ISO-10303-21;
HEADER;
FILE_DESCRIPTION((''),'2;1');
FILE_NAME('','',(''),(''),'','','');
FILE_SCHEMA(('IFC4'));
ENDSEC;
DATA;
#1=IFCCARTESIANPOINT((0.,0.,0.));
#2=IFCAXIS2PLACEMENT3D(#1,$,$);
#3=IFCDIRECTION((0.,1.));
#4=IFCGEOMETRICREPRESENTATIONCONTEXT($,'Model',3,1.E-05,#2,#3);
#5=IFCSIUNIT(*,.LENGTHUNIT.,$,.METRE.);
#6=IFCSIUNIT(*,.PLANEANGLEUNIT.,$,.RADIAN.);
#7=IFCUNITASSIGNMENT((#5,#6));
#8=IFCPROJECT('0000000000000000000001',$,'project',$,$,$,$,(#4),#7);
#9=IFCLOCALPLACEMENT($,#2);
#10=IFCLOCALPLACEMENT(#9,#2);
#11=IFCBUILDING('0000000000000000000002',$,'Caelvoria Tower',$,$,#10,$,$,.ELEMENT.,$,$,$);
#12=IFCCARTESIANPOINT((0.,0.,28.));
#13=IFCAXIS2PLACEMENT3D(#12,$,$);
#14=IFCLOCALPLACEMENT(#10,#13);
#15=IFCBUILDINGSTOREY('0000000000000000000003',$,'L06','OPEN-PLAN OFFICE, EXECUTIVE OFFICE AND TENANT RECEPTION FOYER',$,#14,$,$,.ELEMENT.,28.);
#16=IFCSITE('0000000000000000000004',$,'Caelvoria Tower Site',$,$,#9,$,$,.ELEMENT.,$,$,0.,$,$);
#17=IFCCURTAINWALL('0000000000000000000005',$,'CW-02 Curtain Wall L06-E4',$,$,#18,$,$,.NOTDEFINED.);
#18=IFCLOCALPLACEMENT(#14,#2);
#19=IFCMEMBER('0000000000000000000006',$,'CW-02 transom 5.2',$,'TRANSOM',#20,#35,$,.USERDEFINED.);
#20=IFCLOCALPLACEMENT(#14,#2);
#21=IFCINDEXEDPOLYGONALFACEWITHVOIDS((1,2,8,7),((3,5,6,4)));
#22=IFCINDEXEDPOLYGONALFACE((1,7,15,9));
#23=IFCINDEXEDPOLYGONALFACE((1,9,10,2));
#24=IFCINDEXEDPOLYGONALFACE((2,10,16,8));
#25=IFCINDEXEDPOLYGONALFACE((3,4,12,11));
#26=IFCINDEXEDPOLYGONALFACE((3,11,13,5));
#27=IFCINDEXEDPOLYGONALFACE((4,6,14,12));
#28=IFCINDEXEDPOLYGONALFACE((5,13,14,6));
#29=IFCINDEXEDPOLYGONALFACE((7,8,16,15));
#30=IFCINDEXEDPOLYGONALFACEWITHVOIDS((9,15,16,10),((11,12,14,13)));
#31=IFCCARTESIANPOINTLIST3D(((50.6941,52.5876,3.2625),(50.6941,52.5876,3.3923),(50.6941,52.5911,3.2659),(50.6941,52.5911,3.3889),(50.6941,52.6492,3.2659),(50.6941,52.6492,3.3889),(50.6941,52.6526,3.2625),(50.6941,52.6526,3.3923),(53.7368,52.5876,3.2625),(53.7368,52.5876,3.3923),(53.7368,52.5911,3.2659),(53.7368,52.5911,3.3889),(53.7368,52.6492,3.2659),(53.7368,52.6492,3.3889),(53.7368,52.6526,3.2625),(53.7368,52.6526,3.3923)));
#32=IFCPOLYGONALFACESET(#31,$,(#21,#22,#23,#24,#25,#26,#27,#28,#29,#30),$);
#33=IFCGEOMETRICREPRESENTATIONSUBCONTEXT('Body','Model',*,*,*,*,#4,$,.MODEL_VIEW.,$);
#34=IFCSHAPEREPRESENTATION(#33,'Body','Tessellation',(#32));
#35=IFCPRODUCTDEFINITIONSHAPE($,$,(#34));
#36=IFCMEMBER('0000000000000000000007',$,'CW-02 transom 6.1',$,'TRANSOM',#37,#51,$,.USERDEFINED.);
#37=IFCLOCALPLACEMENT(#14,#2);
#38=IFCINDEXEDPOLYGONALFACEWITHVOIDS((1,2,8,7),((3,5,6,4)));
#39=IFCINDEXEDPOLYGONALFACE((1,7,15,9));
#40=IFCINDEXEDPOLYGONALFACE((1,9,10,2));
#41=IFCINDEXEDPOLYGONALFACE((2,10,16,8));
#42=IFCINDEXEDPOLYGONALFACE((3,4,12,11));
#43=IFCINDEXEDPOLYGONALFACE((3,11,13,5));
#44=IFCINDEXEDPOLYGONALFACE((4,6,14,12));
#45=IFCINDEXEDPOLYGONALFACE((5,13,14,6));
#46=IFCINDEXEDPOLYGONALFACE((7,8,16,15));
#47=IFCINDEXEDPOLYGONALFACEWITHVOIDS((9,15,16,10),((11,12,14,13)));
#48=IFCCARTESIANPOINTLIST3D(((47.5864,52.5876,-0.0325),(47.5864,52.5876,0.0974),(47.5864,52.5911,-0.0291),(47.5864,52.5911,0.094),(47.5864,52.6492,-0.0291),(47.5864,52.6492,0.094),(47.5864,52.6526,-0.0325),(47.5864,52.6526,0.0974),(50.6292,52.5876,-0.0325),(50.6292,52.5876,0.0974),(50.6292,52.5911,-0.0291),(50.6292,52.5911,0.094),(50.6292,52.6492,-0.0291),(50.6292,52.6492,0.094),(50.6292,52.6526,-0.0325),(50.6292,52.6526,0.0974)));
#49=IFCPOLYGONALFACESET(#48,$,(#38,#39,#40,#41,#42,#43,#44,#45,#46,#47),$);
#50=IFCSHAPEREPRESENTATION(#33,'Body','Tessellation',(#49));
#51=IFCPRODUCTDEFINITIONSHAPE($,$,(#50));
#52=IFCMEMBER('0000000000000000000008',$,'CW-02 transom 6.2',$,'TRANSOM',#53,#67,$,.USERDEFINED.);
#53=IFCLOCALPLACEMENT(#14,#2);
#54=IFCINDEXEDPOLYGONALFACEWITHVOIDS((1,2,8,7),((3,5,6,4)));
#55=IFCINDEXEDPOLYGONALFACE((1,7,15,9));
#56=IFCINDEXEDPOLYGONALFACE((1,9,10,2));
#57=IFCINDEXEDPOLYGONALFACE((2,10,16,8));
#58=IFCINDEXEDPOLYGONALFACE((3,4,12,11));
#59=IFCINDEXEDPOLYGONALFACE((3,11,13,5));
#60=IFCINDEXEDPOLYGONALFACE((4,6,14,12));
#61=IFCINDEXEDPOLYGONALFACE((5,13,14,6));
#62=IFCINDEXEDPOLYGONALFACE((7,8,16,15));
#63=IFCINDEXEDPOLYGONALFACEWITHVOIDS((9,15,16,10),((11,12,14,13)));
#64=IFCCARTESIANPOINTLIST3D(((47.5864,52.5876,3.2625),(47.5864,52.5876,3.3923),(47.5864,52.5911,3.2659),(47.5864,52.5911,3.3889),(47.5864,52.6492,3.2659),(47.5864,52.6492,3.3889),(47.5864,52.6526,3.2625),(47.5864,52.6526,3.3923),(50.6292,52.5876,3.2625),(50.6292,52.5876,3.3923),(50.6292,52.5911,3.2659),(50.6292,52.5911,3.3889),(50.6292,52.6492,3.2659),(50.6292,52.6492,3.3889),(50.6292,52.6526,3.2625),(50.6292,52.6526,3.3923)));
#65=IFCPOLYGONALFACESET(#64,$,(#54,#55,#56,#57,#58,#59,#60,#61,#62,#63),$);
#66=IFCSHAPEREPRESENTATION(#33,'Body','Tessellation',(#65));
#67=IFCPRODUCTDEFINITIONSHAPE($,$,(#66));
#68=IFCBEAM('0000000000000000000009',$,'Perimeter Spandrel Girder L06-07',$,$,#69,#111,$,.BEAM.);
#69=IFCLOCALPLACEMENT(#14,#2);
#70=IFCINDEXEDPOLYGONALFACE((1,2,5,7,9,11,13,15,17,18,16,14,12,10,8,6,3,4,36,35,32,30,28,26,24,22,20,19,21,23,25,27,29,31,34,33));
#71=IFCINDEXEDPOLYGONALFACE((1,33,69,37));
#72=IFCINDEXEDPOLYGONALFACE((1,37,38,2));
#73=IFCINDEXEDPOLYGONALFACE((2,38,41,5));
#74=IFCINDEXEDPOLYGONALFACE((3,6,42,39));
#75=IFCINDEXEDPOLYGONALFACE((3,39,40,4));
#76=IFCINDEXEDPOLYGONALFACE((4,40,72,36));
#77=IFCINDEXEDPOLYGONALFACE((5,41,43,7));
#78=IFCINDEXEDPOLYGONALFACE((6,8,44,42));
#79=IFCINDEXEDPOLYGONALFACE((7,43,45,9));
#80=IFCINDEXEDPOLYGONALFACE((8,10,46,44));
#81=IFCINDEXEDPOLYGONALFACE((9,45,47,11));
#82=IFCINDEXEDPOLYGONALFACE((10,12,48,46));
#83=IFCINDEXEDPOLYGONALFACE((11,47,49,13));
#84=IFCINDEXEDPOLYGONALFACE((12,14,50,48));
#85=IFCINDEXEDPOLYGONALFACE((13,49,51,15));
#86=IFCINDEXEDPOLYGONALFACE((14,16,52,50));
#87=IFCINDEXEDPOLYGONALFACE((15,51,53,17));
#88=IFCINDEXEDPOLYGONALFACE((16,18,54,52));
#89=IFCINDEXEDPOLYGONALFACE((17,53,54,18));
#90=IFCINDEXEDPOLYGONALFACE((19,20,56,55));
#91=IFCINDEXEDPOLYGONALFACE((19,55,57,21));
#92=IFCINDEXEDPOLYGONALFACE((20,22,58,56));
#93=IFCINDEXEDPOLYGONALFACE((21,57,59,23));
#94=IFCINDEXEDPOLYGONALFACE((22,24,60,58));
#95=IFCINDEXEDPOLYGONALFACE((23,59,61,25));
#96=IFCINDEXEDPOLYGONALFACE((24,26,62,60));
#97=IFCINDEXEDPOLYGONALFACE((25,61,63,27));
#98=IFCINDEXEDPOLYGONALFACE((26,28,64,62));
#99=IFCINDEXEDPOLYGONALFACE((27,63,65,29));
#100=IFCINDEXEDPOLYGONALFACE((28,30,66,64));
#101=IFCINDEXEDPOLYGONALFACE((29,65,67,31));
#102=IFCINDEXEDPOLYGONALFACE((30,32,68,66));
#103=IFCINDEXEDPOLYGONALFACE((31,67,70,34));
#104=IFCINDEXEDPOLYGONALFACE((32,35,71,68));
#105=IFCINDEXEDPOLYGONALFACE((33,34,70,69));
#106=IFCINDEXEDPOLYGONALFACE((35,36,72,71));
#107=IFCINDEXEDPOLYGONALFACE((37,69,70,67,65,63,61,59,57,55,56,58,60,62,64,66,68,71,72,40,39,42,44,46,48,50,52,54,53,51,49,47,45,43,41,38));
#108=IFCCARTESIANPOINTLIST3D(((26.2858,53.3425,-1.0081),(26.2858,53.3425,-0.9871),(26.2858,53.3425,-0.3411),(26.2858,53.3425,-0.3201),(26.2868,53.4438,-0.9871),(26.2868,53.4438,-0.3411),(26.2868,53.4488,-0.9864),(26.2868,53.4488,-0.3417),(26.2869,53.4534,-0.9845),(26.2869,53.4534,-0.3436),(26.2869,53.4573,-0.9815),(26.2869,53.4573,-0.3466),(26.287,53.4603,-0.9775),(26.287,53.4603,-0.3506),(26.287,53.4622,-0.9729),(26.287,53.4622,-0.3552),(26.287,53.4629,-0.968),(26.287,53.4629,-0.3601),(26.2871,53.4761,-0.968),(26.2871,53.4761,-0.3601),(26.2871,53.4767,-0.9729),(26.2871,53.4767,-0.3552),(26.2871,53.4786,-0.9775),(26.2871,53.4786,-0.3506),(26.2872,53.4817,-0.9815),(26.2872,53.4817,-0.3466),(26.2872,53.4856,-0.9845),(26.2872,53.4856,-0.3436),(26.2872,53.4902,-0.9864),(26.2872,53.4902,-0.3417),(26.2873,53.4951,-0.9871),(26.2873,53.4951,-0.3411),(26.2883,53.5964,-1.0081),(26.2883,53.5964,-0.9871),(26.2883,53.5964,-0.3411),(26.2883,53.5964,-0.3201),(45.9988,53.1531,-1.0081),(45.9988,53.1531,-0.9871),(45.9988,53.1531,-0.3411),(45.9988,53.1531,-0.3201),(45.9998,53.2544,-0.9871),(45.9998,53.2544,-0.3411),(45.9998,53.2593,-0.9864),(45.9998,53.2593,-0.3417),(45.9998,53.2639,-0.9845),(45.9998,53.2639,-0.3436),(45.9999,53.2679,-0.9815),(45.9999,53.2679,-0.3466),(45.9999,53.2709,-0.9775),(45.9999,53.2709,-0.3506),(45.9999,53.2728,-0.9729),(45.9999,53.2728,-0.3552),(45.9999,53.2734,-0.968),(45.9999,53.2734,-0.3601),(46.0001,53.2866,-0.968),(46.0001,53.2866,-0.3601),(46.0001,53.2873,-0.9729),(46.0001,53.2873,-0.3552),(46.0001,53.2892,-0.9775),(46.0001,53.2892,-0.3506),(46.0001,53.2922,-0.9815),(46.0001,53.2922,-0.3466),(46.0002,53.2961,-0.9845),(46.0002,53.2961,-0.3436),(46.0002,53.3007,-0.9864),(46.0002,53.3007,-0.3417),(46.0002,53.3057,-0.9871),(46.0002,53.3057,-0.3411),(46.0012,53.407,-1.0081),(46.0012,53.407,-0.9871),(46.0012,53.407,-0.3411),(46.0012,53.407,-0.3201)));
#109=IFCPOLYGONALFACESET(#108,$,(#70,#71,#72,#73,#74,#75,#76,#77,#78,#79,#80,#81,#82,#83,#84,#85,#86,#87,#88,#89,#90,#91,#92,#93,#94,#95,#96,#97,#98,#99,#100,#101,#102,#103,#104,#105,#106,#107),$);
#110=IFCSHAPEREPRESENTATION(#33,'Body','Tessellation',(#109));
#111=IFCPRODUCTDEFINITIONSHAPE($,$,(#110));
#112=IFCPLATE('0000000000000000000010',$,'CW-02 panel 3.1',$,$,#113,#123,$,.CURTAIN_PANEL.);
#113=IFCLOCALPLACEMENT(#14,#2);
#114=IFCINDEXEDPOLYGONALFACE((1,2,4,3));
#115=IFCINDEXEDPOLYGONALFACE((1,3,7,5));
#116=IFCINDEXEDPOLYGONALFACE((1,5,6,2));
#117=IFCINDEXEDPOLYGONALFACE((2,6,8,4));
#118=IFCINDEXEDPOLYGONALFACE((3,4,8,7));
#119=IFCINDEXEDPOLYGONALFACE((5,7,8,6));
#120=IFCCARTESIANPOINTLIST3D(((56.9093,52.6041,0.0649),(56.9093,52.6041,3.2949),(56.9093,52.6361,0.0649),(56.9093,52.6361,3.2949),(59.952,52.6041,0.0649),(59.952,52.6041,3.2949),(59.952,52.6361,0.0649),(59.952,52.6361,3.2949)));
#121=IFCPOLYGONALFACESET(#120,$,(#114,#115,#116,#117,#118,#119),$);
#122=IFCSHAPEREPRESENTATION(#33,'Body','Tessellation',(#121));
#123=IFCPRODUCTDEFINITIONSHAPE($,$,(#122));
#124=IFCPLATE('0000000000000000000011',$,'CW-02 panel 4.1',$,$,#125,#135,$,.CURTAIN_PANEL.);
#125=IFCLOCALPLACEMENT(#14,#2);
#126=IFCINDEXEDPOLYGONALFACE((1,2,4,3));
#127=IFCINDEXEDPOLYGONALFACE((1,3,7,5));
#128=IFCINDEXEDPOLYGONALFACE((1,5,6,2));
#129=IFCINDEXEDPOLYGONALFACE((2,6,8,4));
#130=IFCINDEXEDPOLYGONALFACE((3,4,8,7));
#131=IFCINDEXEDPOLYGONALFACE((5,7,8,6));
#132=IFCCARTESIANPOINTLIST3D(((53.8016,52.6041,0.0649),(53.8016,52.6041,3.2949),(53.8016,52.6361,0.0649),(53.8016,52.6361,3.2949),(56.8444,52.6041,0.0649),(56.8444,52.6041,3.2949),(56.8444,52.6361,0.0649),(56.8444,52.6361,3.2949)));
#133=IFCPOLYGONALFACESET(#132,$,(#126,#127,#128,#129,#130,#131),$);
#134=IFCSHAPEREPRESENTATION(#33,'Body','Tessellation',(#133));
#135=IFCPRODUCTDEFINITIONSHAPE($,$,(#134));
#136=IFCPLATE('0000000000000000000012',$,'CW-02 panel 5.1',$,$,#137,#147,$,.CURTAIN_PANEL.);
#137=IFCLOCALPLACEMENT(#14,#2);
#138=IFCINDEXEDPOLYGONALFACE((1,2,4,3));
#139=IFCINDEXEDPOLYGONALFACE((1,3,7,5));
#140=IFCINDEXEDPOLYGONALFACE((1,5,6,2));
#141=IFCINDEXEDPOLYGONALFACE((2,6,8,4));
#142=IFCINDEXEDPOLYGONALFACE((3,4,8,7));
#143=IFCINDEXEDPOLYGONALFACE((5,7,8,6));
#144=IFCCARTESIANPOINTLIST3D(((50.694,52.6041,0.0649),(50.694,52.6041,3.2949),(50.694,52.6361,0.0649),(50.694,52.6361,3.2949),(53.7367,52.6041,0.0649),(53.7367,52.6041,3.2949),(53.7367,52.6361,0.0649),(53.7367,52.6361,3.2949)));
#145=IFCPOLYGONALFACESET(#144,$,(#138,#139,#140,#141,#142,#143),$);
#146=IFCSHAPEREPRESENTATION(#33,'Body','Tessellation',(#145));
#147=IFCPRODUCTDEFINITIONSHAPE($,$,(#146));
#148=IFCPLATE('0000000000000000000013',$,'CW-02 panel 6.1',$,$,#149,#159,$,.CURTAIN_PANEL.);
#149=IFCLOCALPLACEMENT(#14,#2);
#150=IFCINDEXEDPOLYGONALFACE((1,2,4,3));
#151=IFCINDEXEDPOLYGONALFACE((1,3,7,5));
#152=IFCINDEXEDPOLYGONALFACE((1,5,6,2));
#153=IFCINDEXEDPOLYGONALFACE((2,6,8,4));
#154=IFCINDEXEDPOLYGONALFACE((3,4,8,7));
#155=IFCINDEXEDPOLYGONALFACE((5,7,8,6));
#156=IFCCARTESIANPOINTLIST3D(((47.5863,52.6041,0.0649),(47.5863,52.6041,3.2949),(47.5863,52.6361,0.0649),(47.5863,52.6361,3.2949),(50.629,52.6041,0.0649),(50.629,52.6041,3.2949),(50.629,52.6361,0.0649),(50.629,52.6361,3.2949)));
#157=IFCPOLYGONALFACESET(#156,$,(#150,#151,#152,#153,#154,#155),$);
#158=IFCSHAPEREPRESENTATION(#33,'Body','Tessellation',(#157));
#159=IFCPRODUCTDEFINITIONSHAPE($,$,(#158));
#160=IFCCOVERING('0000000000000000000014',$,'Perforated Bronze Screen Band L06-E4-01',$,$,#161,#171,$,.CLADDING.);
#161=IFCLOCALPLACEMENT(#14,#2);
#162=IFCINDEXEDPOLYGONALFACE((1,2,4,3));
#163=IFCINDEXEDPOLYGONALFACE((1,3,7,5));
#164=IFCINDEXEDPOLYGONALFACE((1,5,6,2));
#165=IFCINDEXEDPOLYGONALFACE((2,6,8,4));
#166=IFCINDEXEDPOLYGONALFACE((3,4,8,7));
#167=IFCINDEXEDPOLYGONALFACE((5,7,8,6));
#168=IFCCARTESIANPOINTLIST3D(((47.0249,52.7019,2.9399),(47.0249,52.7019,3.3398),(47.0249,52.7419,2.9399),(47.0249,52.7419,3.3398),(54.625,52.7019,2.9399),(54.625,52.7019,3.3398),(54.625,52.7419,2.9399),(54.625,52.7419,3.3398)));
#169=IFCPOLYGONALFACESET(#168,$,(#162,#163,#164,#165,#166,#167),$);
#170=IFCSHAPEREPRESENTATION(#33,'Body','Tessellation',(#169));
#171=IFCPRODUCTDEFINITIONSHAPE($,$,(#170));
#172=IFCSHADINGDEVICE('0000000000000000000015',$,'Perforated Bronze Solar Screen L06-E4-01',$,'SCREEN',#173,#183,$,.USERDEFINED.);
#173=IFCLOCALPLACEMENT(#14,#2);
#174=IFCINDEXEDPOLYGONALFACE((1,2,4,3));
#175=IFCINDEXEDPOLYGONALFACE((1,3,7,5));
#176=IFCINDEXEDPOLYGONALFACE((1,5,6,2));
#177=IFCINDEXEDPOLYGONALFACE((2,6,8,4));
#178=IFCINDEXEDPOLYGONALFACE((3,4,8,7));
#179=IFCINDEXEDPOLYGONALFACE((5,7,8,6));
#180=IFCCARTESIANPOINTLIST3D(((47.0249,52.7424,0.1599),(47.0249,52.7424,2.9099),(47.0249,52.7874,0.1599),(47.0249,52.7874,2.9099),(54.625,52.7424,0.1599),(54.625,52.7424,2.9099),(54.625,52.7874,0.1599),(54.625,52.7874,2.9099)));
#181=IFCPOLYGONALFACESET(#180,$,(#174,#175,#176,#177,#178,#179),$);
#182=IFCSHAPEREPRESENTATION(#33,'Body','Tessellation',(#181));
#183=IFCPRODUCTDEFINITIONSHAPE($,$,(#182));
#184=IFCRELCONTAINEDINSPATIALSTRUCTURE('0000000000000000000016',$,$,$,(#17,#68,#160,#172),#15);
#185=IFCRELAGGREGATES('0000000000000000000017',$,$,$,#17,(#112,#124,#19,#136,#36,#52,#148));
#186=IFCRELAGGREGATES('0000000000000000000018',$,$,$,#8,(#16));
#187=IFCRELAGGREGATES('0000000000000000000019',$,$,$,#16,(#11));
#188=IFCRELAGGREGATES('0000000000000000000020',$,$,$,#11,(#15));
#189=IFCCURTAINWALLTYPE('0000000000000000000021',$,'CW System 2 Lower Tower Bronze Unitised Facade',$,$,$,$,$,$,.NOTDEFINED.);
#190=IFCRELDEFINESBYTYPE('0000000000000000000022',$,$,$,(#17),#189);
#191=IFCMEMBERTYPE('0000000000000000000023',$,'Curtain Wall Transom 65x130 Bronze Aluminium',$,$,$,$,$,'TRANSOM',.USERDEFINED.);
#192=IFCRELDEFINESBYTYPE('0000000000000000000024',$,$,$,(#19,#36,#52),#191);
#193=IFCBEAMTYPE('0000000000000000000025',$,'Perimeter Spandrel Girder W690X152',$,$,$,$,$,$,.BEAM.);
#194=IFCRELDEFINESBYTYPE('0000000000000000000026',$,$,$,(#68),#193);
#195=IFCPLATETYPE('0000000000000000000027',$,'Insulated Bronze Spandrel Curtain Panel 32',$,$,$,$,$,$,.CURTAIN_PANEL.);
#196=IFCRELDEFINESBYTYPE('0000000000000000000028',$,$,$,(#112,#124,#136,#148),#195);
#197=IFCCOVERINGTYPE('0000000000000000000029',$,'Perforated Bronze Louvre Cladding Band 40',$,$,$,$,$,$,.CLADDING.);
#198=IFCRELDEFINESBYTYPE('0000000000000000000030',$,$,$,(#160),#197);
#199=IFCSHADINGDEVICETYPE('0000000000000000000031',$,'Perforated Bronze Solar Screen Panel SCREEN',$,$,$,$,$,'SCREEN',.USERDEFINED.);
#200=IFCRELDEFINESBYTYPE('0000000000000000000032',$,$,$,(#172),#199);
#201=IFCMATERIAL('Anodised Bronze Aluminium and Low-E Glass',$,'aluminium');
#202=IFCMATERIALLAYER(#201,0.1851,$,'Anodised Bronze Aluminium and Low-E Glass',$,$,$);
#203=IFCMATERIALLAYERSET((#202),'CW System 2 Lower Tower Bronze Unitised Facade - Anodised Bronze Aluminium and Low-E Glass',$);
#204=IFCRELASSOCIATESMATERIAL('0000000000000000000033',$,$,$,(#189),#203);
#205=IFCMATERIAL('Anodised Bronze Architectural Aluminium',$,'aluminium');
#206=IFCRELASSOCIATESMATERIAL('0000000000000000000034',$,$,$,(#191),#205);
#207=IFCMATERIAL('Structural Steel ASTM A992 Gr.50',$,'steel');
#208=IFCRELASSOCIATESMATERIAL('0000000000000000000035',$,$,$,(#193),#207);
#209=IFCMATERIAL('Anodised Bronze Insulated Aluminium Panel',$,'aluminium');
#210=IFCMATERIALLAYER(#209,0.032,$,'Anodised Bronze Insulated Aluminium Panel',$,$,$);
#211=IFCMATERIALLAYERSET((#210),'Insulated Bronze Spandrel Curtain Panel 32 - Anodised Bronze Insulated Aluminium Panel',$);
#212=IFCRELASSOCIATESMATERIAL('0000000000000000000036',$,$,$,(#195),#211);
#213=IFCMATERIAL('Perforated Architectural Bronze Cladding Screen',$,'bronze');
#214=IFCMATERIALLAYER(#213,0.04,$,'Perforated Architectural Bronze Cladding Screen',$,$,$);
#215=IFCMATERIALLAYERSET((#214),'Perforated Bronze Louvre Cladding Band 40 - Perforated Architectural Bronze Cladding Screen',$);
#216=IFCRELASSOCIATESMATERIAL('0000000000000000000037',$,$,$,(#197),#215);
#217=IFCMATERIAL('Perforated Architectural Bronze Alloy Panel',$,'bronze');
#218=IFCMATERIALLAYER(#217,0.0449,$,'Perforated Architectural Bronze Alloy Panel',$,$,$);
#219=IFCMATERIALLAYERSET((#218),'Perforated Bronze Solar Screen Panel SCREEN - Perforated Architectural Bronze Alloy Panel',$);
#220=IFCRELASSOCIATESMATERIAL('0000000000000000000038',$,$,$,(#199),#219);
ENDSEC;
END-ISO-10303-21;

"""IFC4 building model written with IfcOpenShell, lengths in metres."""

from ifc_helpers import new_model, si_unit, direction, frame, origin, origin_2d, place, context, subcontext, project, spatial, rectangle, hollow_rectangle, i_section, extrude, material, layer, layer_set, material_profile, profile_set, type_object, element, aggregate, save


model = new_model("IFC4")

# Units and contexts
model_context = context("Model", 3, precision=1e-05, world=origin(), true_north=direction((0.0, 1.0)))
body_context = subcontext(model_context, "Body", "Model", "MODEL_VIEW")
ifc_project = project(units=[si_unit("LENGTHUNIT", "METRE"), si_unit("PLANEANGLEUNIT", "RADIAN")], contexts=[model_context])

# Site, building, storey
site_placement = place(None, origin())
site = spatial("IfcSite", under=ifc_project, at=site_placement, Name="Caelvoria Tower Site", CompositionType="ELEMENT", RefElevation=0.0)
building_placement = place(site_placement, origin())
building = spatial("IfcBuilding", under=site, at=building_placement, Name="Caelvoria Tower", CompositionType="ELEMENT")
storey_placement = place(building_placement, frame((0.0, 0.0, 28.0)))
storey = spatial("IfcBuildingStorey", under=building, at=storey_placement, Name="L06", Description="OPEN-PLAN OFFICE, EXECUTIVE OFFICE AND TENANT RECEPTION FOYER", CompositionType="ELEMENT", Elevation=28.0)

# Curtain wall, members
ifc_material_1 = material(Name="Anodised Bronze Aluminium and Low-E Glass", Category="aluminium")
ifc_layer_1 = layer(ifc_material_1, 0.1851, Name="Anodised Bronze Aluminium and Low-E Glass")
ifc_layer_set_1 = layer_set([ifc_layer_1], Name="CW System 2 Lower Tower Bronze Unitised Facade - Anodised Bronze Aluminium and Low-E Glass")
curtain_wall_type = type_object("IfcCurtainWallType", Name="CW System 2 Lower Tower Bronze Unitised Facade", PredefinedType="NOTDEFINED", material=ifc_layer_set_1)
curtain_wall_placement = place(storey_placement, origin())
curtain_wall = element("IfcCurtainWall", 1, at=curtain_wall_placement, inside=storey, type_object=curtain_wall_type, Name="CW-02 Curtain Wall L06-E4", PredefinedType="NOTDEFINED")
ifc_material_2 = material(Name="Anodised Bronze Architectural Aluminium", Category="aluminium")
ifc_material_profile_1 = material_profile(ifc_material_2, hollow_rectangle(XDim=0.0649, YDim=0.1299, WallThickness=0.0034, at=origin_2d()), Name="Anodised Bronze Architectural Aluminium")
ifc_profile_set_1 = profile_set([ifc_material_profile_1], Name="CW_TRAN_65X130 - Anodised Bronze Architectural Aluminium")
member_type_1 = type_object("IfcMemberType", Name="Curtain Wall Transom 65x130 Bronze Aluminium", ElementType="TRANSOM", PredefinedType="USERDEFINED", material=ifc_profile_set_1)
member_1_placement = place(storey_placement, frame((53.7368, 52.6201, 3.3274), z_axis=(-1.0, 0.0, 0.0), x_axis=(0.0, -1.0, 0.0)))
member_1 = element("IfcMember", 2, at=member_1_placement, type_object=member_type_1, Name="CW-02 transom 5.2", ObjectType="TRANSOM", PredefinedType="USERDEFINED", context=body_context, shape_type="SweptSolid", body=[
    extrude(hollow_rectangle(XDim=0.0649, YDim=0.1299, WallThickness=0.0034, at=origin_2d()), origin(), (0.0, 0.0, 1.0), 3.0427),
])
member_2_placement = place(storey_placement, frame((50.6292, 52.6201, 0.0325), z_axis=(-1.0, 0.0, 0.0), x_axis=(0.0, -1.0, 0.0)))
member_2 = element("IfcMember", 3, at=member_2_placement, type_object=member_type_1, Name="CW-02 transom 6.1", ObjectType="TRANSOM", PredefinedType="USERDEFINED", context=body_context, shape_type="SweptSolid", body=[
    extrude(hollow_rectangle(XDim=0.0649, YDim=0.1299, WallThickness=0.0034, at=origin_2d()), origin(), (0.0, 0.0, 1.0), 3.0427),
])
member_3_placement = place(storey_placement, frame((50.6292, 52.6201, 3.3274), z_axis=(-1.0, 0.0, 0.0), x_axis=(0.0, -1.0, 0.0)))
member_3 = element("IfcMember", 4, at=member_3_placement, type_object=member_type_1, Name="CW-02 transom 6.2", ObjectType="TRANSOM", PredefinedType="USERDEFINED", context=body_context, shape_type="SweptSolid", body=[
    extrude(hollow_rectangle(XDim=0.0649, YDim=0.1299, WallThickness=0.0034, at=origin_2d()), origin(), (0.0, 0.0, 1.0), 3.0427),
])

# Beam
ifc_material_3 = material(Name="Structural Steel ASTM A992 Gr.50", Category="steel")
ifc_material_profile_2 = material_profile(ifc_material_3, i_section(OverallWidth=0.2539, OverallDepth=0.688, WebThickness=0.0132, FlangeThickness=0.021, FilletRadius=0.019, at=origin_2d()), Name="Structural Steel ASTM A992 Gr.50")
ifc_profile_set_2 = profile_set([ifc_material_profile_2], Name="W690X152 - Structural Steel ASTM A992 Gr.50")
beam_type = type_object("IfcBeamType", Name="Perimeter Spandrel Girder W690X152", PredefinedType="BEAM", material=ifc_profile_set_2)
beam_placement = place(storey_placement, frame((46.0, 53.28, -0.6641), z_axis=(-0.999954, 0.00961, 0.0), x_axis=(-0.00961, -0.999954, 0.0)))
element("IfcBeam", 5, at=beam_placement, inside=storey, type_object=beam_type, Name="Perimeter Spandrel Girder L06-07", PredefinedType="BEAM", context=body_context, shape_type="SweptSolid", body=[
    extrude(i_section(OverallWidth=0.2539, OverallDepth=0.688, WebThickness=0.0132, FlangeThickness=0.021, FilletRadius=0.019, at=origin_2d()), origin(), (0.0, 0.0, 1.0), 19.7139),
])

# Plates
ifc_material_4 = material(Name="Anodised Bronze Insulated Aluminium Panel", Category="aluminium")
ifc_layer_2 = layer(ifc_material_4, 0.032, Name="Anodised Bronze Insulated Aluminium Panel")
ifc_layer_set_2 = layer_set([ifc_layer_2], Name="Insulated Bronze Spandrel Curtain Panel 32 - Anodised Bronze Insulated Aluminium Panel")
plate_type = type_object("IfcPlateType", Name="Insulated Bronze Spandrel Curtain Panel 32", PredefinedType="CURTAIN_PANEL", material=ifc_layer_set_2)
plate_1_placement = place(storey_placement, frame((58.4307, 52.6201, 0.0649), z_axis=(0.0, 0.0, 1.0), x_axis=(-1.0, 0.0, 0.0)))
plate_1 = element("IfcPlate", 6, at=plate_1_placement, type_object=plate_type, Name="CW-02 panel 3.1", PredefinedType="CURTAIN_PANEL", context=body_context, shape_type="SweptSolid", body=[
    extrude(rectangle(XDim=3.0427, YDim=0.032, at=origin_2d()), origin(), (0.0, 0.0, 1.0), 3.23),
])
plate_2_placement = place(storey_placement, frame((55.323, 52.6201, 0.0649), z_axis=(0.0, 0.0, 1.0), x_axis=(-1.0, 0.0, 0.0)))
plate_2 = element("IfcPlate", 7, at=plate_2_placement, type_object=plate_type, Name="CW-02 panel 4.1", PredefinedType="CURTAIN_PANEL", context=body_context, shape_type="SweptSolid", body=[
    extrude(rectangle(XDim=3.0427, YDim=0.032, at=origin_2d()), origin(), (0.0, 0.0, 1.0), 3.23),
])
plate_3_placement = place(storey_placement, frame((52.2153, 52.6201, 0.0649), z_axis=(0.0, 0.0, 1.0), x_axis=(-1.0, 0.0, 0.0)))
plate_3 = element("IfcPlate", 8, at=plate_3_placement, type_object=plate_type, Name="CW-02 panel 5.1", PredefinedType="CURTAIN_PANEL", context=body_context, shape_type="SweptSolid", body=[
    extrude(rectangle(XDim=3.0427, YDim=0.032, at=origin_2d()), origin(), (0.0, 0.0, 1.0), 3.23),
])
plate_4_placement = place(storey_placement, frame((49.1077, 52.6201, 0.0649), z_axis=(0.0, 0.0, 1.0), x_axis=(-1.0, 0.0, 0.0)))
plate_4 = element("IfcPlate", 9, at=plate_4_placement, type_object=plate_type, Name="CW-02 panel 6.1", PredefinedType="CURTAIN_PANEL", context=body_context, shape_type="SweptSolid", body=[
    extrude(rectangle(XDim=3.0427, YDim=0.032, at=origin_2d()), origin(), (0.0, 0.0, 1.0), 3.23),
])
aggregate(curtain_wall, [plate_1, plate_2, member_1, plate_3, member_2, member_3, plate_4])

# Covering
ifc_material_5 = material(Name="Perforated Architectural Bronze Cladding Screen", Category="bronze")
ifc_layer_3 = layer(ifc_material_5, 0.04, Name="Perforated Architectural Bronze Cladding Screen")
ifc_layer_set_3 = layer_set([ifc_layer_3], Name="Perforated Bronze Louvre Cladding Band 40 - Perforated Architectural Bronze Cladding Screen")
covering_type = type_object("IfcCoveringType", Name="Perforated Bronze Louvre Cladding Band 40", PredefinedType="CLADDING", material=ifc_layer_set_3)
covering_placement = place(storey_placement, frame((50.825, 52.7219, 2.9399), z_axis=(0.0, 0.0, 1.0), x_axis=(-1.0, 0.0, 0.0)))
element("IfcCovering", 10, at=covering_placement, inside=storey, type_object=covering_type, Name="Perforated Bronze Screen Band L06-E4-01", PredefinedType="CLADDING", context=body_context, shape_type="SweptSolid", body=[
    extrude(rectangle(XDim=7.6001, YDim=0.04, at=origin_2d()), origin(), (0.0, 0.0, 1.0), 0.3999),
])

# Shading device
ifc_material_6 = material(Name="Perforated Architectural Bronze Alloy Panel", Category="bronze")
ifc_layer_4 = layer(ifc_material_6, 0.0449, Name="Perforated Architectural Bronze Alloy Panel")
ifc_layer_set_4 = layer_set([ifc_layer_4], Name="Perforated Bronze Solar Screen Panel SCREEN - Perforated Architectural Bronze Alloy Panel")
shading_device_type = type_object("IfcShadingDeviceType", Name="Perforated Bronze Solar Screen Panel SCREEN", ElementType="SCREEN", PredefinedType="USERDEFINED", material=ifc_layer_set_4)
shading_device_placement = place(storey_placement, frame((50.825, 52.7649, 0.1599), z_axis=(0.0, 0.0, 1.0), x_axis=(-1.0, 0.0, 0.0)))
element("IfcShadingDevice", 11, at=shading_device_placement, inside=storey, type_object=shading_device_type, Name="Perforated Bronze Solar Screen L06-E4-01", ObjectType="SCREEN", PredefinedType="USERDEFINED", context=body_context, shape_type="SweptSolid", body=[
    extrude(rectangle(XDim=7.6001, YDim=0.0449, at=origin_2d()), origin(), (0.0, 0.0, 1.0), 2.75),
])

save(model, "model.ifc")
